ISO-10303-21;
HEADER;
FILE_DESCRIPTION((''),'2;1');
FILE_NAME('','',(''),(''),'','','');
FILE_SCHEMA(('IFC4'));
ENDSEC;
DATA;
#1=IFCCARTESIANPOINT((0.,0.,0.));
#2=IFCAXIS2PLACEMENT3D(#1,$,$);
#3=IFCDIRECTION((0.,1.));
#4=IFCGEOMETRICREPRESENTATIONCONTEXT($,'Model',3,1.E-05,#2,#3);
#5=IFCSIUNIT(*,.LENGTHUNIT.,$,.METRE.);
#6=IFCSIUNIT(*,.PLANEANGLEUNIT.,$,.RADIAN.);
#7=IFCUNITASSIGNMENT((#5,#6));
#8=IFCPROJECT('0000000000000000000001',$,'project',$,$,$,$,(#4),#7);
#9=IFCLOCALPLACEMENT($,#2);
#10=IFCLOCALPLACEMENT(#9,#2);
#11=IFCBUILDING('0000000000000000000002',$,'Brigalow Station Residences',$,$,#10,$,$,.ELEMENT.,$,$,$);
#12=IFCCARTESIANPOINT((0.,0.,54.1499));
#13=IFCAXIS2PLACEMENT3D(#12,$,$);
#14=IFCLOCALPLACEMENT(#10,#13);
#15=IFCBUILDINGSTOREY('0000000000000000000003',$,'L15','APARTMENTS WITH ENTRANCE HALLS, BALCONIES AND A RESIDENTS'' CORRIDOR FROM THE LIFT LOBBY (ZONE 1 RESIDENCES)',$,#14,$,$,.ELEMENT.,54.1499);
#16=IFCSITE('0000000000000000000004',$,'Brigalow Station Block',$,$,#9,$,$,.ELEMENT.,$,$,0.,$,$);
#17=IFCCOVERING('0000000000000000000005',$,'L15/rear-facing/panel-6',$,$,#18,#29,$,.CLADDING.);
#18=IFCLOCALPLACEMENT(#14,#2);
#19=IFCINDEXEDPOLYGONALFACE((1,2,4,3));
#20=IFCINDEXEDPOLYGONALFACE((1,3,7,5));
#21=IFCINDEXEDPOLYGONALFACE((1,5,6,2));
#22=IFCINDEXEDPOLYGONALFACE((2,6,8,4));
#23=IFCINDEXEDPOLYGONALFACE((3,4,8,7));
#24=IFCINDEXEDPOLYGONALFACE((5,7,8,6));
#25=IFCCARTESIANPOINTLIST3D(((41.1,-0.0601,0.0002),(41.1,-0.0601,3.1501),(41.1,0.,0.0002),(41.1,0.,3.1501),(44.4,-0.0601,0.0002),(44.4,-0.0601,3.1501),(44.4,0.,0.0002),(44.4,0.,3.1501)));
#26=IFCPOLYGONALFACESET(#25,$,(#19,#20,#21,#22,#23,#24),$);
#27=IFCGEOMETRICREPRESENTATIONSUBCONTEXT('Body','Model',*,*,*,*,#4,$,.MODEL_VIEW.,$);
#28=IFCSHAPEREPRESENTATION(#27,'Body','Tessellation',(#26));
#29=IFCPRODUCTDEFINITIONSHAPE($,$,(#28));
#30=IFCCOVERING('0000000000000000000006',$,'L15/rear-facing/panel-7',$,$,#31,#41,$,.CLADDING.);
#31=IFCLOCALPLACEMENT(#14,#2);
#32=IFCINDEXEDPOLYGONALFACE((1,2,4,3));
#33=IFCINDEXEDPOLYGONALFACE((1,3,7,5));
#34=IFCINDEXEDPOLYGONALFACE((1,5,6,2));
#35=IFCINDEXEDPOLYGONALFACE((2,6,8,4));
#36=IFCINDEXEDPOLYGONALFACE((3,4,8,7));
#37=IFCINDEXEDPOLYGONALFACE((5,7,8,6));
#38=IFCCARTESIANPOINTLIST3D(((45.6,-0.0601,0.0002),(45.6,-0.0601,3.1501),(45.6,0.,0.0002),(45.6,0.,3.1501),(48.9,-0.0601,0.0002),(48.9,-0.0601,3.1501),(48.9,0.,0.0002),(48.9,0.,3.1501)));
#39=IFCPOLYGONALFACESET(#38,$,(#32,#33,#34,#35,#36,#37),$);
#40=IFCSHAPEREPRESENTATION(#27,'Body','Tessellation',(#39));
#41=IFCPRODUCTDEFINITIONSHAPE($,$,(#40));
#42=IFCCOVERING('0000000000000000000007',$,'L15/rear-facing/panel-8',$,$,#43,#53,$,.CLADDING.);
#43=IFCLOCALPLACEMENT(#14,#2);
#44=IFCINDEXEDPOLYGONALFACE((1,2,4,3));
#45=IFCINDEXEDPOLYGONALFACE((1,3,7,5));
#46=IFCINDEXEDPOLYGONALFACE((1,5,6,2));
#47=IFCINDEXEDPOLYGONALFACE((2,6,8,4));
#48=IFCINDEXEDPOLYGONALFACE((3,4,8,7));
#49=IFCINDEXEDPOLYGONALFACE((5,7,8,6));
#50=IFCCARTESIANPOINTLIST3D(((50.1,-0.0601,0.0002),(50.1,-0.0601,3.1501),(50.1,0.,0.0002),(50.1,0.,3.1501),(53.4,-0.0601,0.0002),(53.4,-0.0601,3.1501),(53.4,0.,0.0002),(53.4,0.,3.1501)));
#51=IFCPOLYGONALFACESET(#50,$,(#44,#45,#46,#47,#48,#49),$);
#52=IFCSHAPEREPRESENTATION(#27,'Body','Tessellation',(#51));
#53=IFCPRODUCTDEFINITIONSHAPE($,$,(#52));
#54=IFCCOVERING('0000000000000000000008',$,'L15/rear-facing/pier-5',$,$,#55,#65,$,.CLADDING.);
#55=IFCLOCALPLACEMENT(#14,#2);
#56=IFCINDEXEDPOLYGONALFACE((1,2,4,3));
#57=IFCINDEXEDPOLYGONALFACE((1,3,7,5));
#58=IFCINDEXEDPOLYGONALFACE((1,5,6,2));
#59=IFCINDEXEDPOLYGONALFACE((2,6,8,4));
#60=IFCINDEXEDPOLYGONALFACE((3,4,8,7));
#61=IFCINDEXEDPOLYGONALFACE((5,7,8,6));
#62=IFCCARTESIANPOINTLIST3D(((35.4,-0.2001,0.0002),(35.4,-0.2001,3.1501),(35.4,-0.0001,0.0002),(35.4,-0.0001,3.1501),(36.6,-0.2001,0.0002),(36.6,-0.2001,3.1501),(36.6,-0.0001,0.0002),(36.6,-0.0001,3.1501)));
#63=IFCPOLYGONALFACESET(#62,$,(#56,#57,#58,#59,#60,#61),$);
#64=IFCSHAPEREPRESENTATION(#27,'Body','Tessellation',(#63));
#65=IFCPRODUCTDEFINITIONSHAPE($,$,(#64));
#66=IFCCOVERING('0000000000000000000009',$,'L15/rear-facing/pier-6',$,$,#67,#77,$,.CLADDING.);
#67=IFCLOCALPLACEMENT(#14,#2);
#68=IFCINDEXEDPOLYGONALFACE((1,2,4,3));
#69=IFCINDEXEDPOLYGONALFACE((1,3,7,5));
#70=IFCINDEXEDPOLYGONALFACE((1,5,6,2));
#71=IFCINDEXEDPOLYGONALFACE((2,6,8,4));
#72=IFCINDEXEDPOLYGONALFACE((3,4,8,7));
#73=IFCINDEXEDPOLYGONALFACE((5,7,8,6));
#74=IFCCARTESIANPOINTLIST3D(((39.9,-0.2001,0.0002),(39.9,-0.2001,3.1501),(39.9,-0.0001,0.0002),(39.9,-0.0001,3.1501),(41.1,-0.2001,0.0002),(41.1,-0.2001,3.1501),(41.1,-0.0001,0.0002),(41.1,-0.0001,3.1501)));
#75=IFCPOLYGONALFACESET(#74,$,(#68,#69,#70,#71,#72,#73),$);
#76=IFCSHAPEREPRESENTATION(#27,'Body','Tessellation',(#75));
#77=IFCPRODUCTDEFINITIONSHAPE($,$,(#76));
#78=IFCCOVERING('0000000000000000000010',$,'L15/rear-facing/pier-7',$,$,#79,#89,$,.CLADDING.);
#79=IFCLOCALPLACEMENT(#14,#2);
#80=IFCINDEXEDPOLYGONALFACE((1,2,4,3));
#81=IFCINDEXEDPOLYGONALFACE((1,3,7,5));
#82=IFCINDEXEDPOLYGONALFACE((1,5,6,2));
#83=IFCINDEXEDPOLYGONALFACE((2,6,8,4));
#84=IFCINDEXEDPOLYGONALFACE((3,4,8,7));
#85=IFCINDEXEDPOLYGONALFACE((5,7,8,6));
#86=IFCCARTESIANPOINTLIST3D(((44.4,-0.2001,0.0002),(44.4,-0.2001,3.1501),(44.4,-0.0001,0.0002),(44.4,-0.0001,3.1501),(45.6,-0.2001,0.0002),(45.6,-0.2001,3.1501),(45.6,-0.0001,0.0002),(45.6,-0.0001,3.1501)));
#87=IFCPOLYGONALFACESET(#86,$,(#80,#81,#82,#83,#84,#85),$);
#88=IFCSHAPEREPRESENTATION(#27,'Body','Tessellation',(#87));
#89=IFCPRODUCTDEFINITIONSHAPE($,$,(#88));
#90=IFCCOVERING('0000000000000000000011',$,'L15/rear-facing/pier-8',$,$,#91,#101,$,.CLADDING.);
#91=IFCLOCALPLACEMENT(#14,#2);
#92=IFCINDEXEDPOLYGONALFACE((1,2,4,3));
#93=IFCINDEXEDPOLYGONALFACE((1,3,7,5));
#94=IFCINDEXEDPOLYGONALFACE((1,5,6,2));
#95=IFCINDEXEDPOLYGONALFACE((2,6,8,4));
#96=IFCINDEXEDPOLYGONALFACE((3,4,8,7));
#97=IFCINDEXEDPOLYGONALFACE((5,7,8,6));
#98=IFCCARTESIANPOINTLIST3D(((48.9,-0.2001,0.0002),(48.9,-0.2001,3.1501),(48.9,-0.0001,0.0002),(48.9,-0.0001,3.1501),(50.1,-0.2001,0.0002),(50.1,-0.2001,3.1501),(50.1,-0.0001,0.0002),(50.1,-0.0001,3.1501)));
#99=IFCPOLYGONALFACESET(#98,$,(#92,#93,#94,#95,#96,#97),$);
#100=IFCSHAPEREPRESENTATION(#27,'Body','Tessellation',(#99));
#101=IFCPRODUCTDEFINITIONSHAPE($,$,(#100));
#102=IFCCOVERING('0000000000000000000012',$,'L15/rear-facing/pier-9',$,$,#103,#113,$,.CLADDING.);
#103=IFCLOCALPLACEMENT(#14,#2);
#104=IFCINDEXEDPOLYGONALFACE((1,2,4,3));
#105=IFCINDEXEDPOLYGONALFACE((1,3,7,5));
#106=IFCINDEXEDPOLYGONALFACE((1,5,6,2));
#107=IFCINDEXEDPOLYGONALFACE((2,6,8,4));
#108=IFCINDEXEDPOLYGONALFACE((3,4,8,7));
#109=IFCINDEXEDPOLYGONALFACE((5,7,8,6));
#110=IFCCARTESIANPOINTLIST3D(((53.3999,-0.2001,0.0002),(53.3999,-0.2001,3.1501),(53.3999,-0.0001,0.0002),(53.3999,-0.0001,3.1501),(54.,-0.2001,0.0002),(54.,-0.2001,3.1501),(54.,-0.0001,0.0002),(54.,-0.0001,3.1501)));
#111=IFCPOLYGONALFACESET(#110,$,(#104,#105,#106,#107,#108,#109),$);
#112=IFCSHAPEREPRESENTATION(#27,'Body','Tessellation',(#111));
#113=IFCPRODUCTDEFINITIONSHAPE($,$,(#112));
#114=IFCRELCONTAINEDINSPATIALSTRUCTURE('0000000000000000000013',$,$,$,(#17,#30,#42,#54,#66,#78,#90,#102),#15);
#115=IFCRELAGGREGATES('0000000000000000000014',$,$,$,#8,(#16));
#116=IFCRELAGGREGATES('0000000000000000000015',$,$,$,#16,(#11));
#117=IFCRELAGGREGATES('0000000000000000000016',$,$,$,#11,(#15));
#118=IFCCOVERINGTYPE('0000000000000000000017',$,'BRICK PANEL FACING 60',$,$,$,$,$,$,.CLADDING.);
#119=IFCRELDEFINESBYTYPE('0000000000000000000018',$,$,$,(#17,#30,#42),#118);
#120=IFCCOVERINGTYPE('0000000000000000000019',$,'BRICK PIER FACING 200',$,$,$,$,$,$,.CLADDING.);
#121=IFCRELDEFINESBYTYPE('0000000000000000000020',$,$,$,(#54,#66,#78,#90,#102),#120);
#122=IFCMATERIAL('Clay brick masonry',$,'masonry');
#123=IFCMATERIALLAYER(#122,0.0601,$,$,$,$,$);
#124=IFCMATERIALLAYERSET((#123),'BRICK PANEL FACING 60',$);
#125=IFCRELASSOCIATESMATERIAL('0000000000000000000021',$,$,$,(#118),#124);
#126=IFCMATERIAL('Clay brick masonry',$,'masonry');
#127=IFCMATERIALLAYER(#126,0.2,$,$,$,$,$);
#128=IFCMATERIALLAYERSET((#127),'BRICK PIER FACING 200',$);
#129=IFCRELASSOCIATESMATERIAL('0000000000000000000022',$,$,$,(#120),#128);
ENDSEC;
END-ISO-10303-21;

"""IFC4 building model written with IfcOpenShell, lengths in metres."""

from ifc_helpers import new_model, si_unit, direction, frame, origin, origin_2d, place, context, subcontext, project, spatial, rectangle, extrude, material, layer, layer_set, type_object, element, save


model = new_model("IFC4")

# Units and contexts
model_context = context("Model", 3, precision=1e-05, world=origin(), true_north=direction((0.0, 1.0)))
body_context = subcontext(model_context, "Body", "Model", "MODEL_VIEW")
ifc_project = project(units=[si_unit("LENGTHUNIT", "METRE"), si_unit("PLANEANGLEUNIT", "RADIAN")], contexts=[model_context])

# Site, building, storey
site_placement = place(None, origin())
site = spatial("IfcSite", under=ifc_project, at=site_placement, Name="Brigalow Station Block", CompositionType="ELEMENT", RefElevation=0.0)
building_placement = place(site_placement, origin())
building = spatial("IfcBuilding", under=site, at=building_placement, Name="Brigalow Station Residences", CompositionType="ELEMENT")
storey_placement = place(building_placement, frame((0.0, 0.0, 54.1499)))
storey = spatial("IfcBuildingStorey", under=building, at=storey_placement, Name="L15", Description="APARTMENTS WITH ENTRANCE HALLS, BALCONIES AND A RESIDENTS' CORRIDOR FROM THE LIFT LOBBY (ZONE 1 RESIDENCES)", CompositionType="ELEMENT", Elevation=54.1499)

# Coverings
ifc_material_1 = material(Name="Clay brick masonry", Category="masonry")
ifc_layer_1 = layer(ifc_material_1, 0.0601)
ifc_layer_set_1 = layer_set([ifc_layer_1], Name="BRICK PANEL FACING 60")
covering_type_1 = type_object("IfcCoveringType", Name="BRICK PANEL FACING 60", PredefinedType="CLADDING", material=ifc_layer_set_1)
for number, where, z_axis, x_axis, name in (
    (1, (42.75, -0.03, 0.0002), (0.0, 0.0, 1.0), (1.0, 0.0, 0.0), "L15/rear-facing/panel-6"),
    (2, (47.25, -0.03, 0.0002), (0.0, 0.0, 1.0), (1.0, 0.0, 0.0), "L15/rear-facing/panel-7"),
    (3, (51.75, -0.03, 0.0002), (0.0, 0.0, 1.0), (1.0, 0.0, 0.0), "L15/rear-facing/panel-8"),
):
    element("IfcCovering", number, at=place(storey_placement, frame(where, z_axis=z_axis, x_axis=x_axis)), inside=storey, type_object=covering_type_1, Name=name, PredefinedType="CLADDING", context=body_context, shape_type="SweptSolid", body=[
        extrude(rectangle(XDim=3.3, YDim=0.0601, at=origin_2d()), origin(), (0.0, 0.0, 1.0), 3.1499),
    ])
ifc_material_2 = material(Name="Clay brick masonry", Category="masonry")
ifc_layer_2 = layer(ifc_material_2, 0.2)
ifc_layer_set_2 = layer_set([ifc_layer_2], Name="BRICK PIER FACING 200")
covering_type_2 = type_object("IfcCoveringType", Name="BRICK PIER FACING 200", PredefinedType="CLADDING", material=ifc_layer_set_2)
for number, where, z_axis, x_axis, name in (
    (4, (36.0, -0.1001, 0.0002), (0.0, 0.0, 1.0), (1.0, 0.0, 0.0), "L15/rear-facing/pier-5"),
    (5, (40.5, -0.1001, 0.0002), (0.0, 0.0, 1.0), (1.0, 0.0, 0.0), "L15/rear-facing/pier-6"),
    (6, (45.0, -0.1001, 0.0002), (0.0, 0.0, 1.0), (1.0, 0.0, 0.0), "L15/rear-facing/pier-7"),
    (7, (49.5, -0.1001, 0.0002), (0.0, 0.0, 1.0), (1.0, 0.0, 0.0), "L15/rear-facing/pier-8"),
):
    element("IfcCovering", number, at=place(storey_placement, frame(where, z_axis=z_axis, x_axis=x_axis)), inside=storey, type_object=covering_type_2, Name=name, PredefinedType="CLADDING", context=body_context, shape_type="SweptSolid", body=[
        extrude(rectangle(XDim=1.2, YDim=0.2, at=origin_2d()), origin(), (0.0, 0.0, 1.0), 3.1499),
    ])
covering_placement = place(storey_placement, frame((53.7, -0.1001, 0.0002), z_axis=(0.0, 0.0, 1.0), x_axis=(1.0, 0.0, 0.0)))
element("IfcCovering", 8, at=covering_placement, inside=storey, type_object=covering_type_2, Name="L15/rear-facing/pier-9", PredefinedType="CLADDING", context=body_context, shape_type="SweptSolid", body=[
    extrude(rectangle(XDim=0.6001, YDim=0.2, at=origin_2d()), origin(), (0.0, 0.0, 1.0), 3.1499),
])

save(model, "model.ifc")
